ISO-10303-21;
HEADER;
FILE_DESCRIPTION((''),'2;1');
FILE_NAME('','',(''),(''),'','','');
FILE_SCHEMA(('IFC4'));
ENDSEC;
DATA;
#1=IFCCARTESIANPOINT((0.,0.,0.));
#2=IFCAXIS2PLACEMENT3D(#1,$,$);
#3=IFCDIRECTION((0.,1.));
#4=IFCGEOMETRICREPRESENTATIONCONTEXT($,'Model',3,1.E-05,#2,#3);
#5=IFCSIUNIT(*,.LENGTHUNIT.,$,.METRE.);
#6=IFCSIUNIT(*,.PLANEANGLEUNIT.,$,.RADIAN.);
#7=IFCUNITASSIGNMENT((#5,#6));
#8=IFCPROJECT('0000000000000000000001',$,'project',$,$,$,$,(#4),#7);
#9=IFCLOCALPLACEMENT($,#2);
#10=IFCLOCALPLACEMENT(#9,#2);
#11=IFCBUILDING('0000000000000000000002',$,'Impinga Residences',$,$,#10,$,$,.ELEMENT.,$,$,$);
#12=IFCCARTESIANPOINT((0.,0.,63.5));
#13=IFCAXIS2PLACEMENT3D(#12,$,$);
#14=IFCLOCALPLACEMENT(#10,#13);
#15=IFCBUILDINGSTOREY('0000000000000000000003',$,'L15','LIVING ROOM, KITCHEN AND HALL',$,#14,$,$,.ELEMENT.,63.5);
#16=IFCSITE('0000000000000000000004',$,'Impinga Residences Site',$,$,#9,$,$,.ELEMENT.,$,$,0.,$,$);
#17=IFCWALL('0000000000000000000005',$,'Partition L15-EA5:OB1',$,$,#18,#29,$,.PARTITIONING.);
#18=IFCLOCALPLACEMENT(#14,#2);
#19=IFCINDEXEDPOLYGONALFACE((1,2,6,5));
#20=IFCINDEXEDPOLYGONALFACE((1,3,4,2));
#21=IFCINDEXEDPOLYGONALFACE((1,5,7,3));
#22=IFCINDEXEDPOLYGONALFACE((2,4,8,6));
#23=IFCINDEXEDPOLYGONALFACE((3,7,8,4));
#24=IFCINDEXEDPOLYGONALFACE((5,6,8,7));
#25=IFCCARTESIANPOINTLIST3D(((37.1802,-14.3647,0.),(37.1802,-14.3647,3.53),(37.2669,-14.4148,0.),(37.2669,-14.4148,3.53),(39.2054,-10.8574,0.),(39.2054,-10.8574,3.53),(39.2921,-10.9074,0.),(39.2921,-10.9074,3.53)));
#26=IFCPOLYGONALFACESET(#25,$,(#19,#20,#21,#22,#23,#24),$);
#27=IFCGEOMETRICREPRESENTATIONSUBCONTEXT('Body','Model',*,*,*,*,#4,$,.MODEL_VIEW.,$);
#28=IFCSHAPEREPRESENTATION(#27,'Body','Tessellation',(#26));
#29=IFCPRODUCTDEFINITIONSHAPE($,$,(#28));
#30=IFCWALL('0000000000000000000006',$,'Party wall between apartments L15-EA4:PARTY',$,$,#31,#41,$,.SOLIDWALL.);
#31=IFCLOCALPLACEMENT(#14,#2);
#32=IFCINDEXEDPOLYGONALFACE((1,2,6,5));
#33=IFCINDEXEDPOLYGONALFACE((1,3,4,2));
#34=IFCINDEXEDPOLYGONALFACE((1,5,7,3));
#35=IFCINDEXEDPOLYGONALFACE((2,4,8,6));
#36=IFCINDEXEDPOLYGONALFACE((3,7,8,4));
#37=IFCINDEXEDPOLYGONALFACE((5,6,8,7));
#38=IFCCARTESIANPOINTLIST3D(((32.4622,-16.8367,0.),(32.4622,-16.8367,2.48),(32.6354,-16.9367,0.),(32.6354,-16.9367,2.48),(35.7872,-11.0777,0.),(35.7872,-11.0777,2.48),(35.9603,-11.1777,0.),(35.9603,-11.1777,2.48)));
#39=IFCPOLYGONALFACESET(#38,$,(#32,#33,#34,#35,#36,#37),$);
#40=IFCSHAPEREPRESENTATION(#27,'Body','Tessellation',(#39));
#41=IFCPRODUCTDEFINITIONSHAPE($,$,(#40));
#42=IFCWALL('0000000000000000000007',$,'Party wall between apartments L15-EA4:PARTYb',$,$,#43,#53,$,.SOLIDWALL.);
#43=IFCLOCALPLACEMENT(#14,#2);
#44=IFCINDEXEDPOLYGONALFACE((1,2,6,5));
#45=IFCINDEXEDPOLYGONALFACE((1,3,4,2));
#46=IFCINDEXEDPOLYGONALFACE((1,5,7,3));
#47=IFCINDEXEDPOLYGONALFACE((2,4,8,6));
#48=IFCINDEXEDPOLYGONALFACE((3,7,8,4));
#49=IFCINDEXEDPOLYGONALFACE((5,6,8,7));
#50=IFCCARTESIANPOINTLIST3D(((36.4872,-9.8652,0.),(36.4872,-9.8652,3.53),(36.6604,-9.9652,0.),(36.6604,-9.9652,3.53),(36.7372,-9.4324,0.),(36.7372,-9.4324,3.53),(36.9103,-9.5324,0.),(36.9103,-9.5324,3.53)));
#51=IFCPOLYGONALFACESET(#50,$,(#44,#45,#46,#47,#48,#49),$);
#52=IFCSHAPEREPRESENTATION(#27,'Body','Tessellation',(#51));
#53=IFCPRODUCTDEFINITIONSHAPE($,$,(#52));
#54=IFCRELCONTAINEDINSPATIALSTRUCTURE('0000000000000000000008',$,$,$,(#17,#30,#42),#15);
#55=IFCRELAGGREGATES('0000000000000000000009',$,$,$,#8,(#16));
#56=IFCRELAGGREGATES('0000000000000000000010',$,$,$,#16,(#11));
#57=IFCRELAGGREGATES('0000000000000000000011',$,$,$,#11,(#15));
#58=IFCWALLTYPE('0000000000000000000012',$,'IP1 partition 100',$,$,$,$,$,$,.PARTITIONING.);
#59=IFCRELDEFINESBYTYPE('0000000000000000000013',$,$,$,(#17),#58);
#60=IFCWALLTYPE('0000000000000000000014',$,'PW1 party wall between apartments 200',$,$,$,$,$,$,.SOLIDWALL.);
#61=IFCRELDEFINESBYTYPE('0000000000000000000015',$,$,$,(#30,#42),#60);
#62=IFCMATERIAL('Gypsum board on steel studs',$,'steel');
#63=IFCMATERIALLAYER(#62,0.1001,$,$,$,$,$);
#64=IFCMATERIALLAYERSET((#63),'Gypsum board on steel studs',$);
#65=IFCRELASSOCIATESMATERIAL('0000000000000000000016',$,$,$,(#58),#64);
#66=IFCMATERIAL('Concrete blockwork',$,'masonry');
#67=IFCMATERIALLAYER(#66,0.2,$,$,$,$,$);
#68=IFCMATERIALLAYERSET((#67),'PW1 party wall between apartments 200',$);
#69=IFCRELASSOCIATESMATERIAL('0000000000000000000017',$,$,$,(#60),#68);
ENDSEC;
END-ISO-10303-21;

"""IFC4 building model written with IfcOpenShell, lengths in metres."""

from ifc_helpers import new_model, si_unit, direction, frame, frame_2d, origin, place, context, subcontext, project, spatial, rectangle, extrude, material, layer, layer_set, type_object, element, save


model = new_model("IFC4")

# Units and contexts
model_context = context("Model", 3, precision=1e-05, world=origin(), true_north=direction((0.0, 1.0)))
body_context = subcontext(model_context, "Body", "Model", "MODEL_VIEW")
ifc_project = project(units=[si_unit("LENGTHUNIT", "METRE"), si_unit("PLANEANGLEUNIT", "RADIAN")], contexts=[model_context])

# Site, building, storey
site_placement = place(None, origin())
site = spatial("IfcSite", under=ifc_project, at=site_placement, Name="Impinga Residences Site", CompositionType="ELEMENT", RefElevation=0.0)
building_placement = place(site_placement, origin())
building = spatial("IfcBuilding", under=site, at=building_placement, Name="Impinga Residences", CompositionType="ELEMENT")
storey_placement = place(building_placement, frame((0.0, 0.0, 63.5)))
storey = spatial("IfcBuildingStorey", under=building, at=storey_placement, Name="L15", Description="LIVING ROOM, KITCHEN AND HALL", CompositionType="ELEMENT", Elevation=63.5)

# Shared definitions
ifc_material_1 = material(Name="Gypsum board on steel studs", Category="steel")
ifc_layer_1 = layer(ifc_material_1, 0.1001)
ifc_layer_set_1 = layer_set([ifc_layer_1], Name="Gypsum board on steel studs")
wall_type_1 = type_object("IfcWallType", Name="IP1 partition 100", PredefinedType="PARTITIONING", material=ifc_layer_set_1)

# Walls
wall_1_placement = place(storey_placement, frame((37.2236, -14.3896, 0.0), z_axis=(0.0, 0.0, 1.0), x_axis=(0.500036, 0.866005, 0.0)))
element("IfcWall", 1, at=wall_1_placement, inside=storey, type_object=wall_type_1, Name="Partition L15-EA5:OB1", PredefinedType="PARTITIONING", context=body_context, shape_type="SweptSolid", body=[
    extrude(rectangle(XDim=4.05, YDim=0.1001, at=frame_2d((2.0249, 0.0))), origin(), (0.0, 0.0, 1.0), 3.53),
])
ifc_material_2 = material(Name="Concrete blockwork", Category="masonry")
ifc_layer_2 = layer(ifc_material_2, 0.2)
ifc_layer_set_2 = layer_set([ifc_layer_2], Name="PW1 party wall between apartments 200")
wall_type_2 = type_object("IfcWallType", Name="PW1 party wall between apartments 200", PredefinedType="SOLIDWALL", material=ifc_layer_set_2)
wall_2_placement = place(storey_placement, frame((32.5488, -16.8867, 0.0), z_axis=(0.0, 0.0, 1.0), x_axis=(0.499997, 0.866027, 0.0)))
element("IfcWall", 2, at=wall_2_placement, inside=storey, type_object=wall_type_2, Name="Party wall between apartments L15-EA4:PARTY", PredefinedType="SOLIDWALL", context=body_context, shape_type="SweptSolid", body=[
    extrude(rectangle(XDim=6.6499, YDim=0.2, at=frame_2d((3.325, 0.0))), origin(), (0.0, 0.0, 1.0), 2.48),
])
wall_3_placement = place(storey_placement, frame((36.5737, -9.9153, 0.0), z_axis=(0.0, 0.0, 1.0), x_axis=(0.500131, 0.86595, 0.0)))
element("IfcWall", 3, at=wall_3_placement, inside=storey, type_object=wall_type_2, Name="Party wall between apartments L15-EA4:PARTYb", PredefinedType="SOLIDWALL", context=body_context, shape_type="SweptSolid", body=[
    extrude(rectangle(XDim=0.4998, YDim=0.2, at=frame_2d((0.25, 0.0))), origin(), (0.0, 0.0, 1.0), 3.53),
])

save(model, "model.ifc")
